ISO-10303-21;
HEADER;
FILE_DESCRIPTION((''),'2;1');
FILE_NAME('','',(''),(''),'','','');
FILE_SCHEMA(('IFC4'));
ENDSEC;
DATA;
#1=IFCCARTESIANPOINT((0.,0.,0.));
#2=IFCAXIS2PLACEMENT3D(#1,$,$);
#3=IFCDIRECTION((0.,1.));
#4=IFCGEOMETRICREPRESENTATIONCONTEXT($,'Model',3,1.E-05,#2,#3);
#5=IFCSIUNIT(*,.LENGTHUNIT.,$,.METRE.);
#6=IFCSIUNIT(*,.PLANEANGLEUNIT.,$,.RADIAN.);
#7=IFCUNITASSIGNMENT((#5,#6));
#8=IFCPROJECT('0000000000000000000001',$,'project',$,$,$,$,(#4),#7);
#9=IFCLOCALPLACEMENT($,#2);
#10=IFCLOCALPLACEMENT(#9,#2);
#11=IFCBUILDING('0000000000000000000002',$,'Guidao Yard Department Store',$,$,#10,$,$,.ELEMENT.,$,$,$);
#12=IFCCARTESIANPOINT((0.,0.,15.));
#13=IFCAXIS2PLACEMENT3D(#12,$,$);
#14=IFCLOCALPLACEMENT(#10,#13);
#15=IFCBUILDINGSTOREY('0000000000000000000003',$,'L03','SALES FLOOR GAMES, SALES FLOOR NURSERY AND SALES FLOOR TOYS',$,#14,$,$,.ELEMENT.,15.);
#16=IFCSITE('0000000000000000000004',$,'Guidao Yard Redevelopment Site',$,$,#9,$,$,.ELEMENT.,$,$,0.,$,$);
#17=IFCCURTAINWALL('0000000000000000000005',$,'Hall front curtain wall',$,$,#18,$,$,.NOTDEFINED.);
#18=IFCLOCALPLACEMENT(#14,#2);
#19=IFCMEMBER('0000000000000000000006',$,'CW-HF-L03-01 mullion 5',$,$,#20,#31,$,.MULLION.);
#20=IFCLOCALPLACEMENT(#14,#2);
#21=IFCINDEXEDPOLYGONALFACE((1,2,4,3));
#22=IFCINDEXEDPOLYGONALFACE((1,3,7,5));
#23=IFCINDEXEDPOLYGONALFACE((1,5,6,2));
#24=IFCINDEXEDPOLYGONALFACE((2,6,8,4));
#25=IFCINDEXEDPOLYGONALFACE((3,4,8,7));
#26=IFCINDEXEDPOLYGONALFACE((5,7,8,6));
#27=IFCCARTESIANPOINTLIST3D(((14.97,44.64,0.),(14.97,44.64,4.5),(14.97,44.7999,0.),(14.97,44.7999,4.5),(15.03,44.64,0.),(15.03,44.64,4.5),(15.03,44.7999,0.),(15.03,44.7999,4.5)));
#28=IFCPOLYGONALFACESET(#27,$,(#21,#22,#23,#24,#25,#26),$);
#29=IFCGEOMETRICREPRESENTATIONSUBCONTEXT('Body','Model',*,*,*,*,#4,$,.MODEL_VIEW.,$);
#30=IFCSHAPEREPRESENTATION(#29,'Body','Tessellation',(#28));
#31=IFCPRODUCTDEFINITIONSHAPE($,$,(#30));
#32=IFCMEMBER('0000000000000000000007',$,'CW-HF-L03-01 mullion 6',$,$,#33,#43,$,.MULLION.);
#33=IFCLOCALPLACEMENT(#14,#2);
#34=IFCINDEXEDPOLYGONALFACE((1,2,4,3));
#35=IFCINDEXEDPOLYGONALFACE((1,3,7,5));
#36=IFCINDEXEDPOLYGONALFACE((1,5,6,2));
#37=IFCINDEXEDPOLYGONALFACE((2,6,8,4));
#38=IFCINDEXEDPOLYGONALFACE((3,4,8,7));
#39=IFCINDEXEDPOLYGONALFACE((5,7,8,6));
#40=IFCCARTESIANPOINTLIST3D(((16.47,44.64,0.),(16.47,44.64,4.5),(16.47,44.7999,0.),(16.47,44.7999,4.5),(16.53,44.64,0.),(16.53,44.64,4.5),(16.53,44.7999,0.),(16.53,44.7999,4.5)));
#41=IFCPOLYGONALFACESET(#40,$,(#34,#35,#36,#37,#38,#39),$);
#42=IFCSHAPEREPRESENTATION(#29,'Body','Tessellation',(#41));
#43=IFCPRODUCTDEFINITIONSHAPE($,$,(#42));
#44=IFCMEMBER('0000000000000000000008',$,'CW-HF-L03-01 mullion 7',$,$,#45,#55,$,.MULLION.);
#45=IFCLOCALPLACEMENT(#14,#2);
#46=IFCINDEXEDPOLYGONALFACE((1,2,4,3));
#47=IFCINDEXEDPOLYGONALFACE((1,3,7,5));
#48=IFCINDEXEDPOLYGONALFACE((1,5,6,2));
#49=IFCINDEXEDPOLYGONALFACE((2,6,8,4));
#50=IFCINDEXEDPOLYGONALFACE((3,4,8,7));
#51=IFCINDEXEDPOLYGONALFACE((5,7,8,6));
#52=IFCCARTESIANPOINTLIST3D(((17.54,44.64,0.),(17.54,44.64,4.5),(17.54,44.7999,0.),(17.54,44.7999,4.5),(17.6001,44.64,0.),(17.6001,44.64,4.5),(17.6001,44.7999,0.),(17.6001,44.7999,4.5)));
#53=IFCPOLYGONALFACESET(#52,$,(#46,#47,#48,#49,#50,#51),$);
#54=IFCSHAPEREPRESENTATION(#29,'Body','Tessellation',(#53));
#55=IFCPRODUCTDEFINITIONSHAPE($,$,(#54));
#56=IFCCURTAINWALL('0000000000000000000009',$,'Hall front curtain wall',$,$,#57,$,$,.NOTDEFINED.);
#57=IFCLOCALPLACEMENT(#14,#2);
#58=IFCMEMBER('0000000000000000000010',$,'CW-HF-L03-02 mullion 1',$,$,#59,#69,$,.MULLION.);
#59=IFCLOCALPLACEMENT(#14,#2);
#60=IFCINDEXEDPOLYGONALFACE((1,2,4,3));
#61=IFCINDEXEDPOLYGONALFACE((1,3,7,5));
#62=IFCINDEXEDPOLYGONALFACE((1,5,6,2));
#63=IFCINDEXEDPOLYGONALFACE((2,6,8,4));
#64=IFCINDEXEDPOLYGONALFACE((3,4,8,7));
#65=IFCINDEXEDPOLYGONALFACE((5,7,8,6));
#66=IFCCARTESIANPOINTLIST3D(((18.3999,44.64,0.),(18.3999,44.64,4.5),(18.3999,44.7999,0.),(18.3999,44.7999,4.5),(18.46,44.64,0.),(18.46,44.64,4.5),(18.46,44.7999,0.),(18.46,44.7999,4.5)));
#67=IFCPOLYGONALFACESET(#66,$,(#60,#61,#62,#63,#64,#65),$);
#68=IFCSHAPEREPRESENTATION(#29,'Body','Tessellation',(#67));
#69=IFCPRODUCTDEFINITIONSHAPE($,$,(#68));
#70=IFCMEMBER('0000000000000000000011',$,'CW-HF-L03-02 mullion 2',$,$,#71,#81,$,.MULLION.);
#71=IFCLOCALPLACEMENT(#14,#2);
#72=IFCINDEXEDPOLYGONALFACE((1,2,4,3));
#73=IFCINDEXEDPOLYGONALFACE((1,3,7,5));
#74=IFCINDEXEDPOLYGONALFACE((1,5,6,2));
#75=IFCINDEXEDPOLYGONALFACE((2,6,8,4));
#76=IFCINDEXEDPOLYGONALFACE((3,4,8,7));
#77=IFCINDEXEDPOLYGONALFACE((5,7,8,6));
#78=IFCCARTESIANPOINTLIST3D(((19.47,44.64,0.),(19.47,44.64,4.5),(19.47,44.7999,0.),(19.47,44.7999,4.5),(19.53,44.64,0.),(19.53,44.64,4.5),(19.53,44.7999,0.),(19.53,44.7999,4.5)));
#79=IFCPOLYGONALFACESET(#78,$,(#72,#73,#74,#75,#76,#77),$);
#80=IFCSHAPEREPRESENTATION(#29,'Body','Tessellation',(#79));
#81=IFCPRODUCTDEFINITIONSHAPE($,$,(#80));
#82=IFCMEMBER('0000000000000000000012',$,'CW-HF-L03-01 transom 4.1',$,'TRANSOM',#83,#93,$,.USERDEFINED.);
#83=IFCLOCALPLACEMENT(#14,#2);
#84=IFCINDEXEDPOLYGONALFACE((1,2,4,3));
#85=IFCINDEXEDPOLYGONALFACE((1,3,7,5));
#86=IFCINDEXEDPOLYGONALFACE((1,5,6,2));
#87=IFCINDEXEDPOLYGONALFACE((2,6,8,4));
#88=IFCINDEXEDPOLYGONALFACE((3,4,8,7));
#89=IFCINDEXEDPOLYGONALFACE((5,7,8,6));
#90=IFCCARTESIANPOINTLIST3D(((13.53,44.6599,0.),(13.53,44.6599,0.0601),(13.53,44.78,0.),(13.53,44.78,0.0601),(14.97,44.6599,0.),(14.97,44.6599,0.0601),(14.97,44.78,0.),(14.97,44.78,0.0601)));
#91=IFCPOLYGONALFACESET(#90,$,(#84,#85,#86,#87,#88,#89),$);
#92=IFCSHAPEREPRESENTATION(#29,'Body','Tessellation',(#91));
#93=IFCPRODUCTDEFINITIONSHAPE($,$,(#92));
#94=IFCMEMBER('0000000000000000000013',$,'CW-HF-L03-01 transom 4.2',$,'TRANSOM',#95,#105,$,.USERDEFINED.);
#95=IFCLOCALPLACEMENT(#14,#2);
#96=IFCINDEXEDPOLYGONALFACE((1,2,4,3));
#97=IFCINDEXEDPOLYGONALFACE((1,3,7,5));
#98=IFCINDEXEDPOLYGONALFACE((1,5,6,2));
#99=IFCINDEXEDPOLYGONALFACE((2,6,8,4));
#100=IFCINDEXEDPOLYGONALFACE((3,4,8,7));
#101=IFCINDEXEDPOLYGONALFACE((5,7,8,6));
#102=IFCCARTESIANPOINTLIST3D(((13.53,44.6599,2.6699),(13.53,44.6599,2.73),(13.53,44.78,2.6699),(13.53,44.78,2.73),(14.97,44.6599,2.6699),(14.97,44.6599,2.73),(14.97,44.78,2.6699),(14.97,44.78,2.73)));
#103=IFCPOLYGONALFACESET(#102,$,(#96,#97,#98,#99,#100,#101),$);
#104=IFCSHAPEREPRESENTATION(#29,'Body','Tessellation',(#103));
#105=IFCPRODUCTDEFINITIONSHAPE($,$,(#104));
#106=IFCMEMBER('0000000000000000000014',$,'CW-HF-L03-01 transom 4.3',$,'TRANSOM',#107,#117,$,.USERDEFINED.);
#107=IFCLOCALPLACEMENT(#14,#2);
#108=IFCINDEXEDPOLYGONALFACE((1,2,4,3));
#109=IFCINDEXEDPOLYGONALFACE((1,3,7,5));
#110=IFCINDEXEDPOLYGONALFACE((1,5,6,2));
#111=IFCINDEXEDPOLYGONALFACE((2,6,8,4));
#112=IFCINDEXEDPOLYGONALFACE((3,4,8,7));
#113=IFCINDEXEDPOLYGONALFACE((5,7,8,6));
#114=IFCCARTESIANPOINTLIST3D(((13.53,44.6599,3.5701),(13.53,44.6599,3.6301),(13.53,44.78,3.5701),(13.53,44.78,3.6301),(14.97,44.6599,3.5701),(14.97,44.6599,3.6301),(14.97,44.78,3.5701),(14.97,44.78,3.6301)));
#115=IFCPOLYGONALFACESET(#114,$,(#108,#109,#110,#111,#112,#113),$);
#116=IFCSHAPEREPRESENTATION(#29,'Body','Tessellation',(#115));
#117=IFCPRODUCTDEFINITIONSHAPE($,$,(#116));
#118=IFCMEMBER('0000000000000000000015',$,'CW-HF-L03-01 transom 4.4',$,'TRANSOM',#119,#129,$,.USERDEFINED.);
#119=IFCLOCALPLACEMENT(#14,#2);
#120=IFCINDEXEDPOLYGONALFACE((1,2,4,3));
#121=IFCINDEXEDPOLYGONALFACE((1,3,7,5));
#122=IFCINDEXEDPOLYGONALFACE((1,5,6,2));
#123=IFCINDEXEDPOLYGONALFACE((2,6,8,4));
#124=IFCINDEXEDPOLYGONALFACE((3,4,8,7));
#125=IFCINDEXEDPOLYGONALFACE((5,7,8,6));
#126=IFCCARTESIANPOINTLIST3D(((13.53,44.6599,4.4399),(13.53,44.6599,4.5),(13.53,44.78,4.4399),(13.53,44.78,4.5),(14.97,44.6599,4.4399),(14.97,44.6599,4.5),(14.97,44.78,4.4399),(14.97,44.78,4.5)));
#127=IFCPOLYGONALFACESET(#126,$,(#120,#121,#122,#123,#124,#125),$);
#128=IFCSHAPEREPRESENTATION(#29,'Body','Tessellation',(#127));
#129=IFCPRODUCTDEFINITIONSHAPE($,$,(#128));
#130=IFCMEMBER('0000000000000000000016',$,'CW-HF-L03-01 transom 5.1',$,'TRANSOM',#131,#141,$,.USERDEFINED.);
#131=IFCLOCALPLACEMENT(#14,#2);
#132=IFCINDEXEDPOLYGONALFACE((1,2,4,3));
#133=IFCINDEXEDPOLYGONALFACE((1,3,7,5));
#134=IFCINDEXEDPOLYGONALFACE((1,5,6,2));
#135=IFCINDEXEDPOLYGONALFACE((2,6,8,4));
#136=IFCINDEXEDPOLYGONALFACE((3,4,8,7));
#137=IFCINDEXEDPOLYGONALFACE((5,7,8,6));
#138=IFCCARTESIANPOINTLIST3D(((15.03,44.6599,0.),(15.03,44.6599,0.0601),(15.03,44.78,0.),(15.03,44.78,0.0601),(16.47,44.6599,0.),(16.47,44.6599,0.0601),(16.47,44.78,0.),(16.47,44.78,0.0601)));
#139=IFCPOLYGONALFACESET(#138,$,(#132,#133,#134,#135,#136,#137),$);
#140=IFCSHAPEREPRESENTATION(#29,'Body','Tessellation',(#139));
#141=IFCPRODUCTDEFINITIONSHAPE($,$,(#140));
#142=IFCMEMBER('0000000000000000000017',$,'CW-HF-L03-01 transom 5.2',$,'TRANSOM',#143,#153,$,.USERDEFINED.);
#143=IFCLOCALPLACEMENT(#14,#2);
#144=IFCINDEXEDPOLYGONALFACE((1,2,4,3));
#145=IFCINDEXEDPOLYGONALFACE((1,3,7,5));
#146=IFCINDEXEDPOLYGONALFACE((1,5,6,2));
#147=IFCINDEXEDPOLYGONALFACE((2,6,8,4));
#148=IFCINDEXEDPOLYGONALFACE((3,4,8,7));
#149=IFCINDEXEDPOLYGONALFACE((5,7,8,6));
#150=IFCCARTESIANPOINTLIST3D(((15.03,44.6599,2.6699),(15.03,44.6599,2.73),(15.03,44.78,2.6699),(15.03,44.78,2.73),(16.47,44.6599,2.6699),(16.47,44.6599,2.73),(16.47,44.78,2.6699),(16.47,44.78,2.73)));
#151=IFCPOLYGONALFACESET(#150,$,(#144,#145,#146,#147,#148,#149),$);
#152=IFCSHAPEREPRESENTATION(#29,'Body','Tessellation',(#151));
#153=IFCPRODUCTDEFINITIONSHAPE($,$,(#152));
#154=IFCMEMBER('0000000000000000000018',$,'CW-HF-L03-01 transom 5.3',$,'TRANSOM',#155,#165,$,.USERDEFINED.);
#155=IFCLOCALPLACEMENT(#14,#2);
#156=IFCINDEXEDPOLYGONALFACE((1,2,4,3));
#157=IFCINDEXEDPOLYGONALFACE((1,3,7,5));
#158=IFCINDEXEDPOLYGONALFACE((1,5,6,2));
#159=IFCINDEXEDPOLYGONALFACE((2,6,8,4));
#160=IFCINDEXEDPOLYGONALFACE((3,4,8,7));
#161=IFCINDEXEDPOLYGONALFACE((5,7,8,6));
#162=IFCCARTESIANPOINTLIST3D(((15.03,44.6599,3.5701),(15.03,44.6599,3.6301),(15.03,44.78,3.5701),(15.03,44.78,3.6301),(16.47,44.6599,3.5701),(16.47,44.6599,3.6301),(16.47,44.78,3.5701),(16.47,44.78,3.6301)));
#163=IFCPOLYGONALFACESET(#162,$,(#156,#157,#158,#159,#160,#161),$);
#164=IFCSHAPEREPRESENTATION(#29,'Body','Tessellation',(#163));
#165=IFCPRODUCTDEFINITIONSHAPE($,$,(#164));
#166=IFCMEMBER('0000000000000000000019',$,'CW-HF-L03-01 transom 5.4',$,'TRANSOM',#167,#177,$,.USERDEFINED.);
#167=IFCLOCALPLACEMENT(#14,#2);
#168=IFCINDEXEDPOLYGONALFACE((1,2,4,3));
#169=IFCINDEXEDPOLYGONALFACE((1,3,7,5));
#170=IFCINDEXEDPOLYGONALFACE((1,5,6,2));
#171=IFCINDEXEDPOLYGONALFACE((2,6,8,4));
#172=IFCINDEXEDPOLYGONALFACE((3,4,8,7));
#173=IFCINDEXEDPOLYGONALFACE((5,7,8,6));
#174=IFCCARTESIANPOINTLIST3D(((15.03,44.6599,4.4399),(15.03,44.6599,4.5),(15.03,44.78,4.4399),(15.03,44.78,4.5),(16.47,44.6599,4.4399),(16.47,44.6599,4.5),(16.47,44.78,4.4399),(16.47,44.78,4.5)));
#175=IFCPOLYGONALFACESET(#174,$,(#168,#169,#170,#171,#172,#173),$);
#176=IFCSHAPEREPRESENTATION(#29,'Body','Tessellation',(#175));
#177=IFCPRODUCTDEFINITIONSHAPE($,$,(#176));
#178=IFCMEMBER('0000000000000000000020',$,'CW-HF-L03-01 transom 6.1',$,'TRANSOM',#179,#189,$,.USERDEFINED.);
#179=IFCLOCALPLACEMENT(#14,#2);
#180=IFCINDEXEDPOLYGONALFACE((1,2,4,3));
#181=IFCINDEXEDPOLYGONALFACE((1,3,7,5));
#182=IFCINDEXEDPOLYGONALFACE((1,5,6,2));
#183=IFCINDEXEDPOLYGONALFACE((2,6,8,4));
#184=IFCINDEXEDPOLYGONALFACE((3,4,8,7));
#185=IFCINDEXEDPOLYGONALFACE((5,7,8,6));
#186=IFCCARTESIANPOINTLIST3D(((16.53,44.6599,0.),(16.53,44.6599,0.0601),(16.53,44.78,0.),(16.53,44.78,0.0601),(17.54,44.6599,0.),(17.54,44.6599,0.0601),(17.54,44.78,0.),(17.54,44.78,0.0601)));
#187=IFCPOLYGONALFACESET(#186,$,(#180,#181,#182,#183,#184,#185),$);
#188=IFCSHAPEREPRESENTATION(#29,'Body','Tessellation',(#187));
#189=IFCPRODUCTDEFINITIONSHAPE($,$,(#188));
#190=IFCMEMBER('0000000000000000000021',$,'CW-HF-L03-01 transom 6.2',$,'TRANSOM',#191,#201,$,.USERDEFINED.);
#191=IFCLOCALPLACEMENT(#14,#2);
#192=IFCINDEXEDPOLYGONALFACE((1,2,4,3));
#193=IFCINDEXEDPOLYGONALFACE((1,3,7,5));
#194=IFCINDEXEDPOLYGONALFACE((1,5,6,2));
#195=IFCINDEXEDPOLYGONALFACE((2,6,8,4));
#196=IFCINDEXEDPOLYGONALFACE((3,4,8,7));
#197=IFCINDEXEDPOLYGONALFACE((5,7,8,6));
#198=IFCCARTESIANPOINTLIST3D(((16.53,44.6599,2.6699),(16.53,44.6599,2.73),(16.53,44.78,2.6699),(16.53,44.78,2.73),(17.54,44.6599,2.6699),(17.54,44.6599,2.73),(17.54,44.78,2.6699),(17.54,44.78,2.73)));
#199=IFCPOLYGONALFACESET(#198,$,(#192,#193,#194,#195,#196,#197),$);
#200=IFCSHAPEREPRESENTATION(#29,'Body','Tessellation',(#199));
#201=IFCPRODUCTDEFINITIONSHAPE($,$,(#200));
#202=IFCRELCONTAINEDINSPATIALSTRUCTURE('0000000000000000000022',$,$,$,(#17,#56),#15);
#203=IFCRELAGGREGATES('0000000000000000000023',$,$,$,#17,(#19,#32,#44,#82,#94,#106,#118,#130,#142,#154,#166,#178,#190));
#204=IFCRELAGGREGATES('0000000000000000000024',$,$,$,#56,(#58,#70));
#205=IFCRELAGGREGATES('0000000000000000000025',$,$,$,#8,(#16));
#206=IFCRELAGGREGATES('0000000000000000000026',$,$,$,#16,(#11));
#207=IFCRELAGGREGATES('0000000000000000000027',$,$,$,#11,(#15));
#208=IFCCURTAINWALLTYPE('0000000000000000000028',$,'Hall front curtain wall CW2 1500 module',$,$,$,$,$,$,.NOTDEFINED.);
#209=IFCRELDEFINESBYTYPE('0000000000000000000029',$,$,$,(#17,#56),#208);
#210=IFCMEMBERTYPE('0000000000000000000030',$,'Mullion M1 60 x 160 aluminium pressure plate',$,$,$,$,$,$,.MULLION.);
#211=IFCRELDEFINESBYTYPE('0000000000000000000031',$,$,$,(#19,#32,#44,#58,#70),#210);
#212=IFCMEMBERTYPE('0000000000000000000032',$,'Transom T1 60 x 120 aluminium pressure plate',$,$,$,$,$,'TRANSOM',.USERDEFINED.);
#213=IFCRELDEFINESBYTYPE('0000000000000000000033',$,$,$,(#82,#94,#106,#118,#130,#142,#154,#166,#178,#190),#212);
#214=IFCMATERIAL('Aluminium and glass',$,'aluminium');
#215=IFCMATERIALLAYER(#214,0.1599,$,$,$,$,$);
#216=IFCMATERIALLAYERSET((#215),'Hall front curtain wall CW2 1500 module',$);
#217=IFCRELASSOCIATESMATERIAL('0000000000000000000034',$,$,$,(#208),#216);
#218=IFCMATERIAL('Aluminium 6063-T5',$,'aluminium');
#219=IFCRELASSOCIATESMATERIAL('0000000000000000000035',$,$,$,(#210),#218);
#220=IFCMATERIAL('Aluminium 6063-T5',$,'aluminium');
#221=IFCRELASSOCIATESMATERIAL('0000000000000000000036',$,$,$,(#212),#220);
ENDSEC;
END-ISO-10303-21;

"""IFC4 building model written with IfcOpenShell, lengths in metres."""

from ifc_helpers import new_model, si_unit, direction, frame, origin, origin_2d, place, context, subcontext, project, spatial, rectangle, extrude, material, layer, layer_set, material_profile, profile_set, type_object, element, aggregate, save


model = new_model("IFC4")

# Units and contexts
model_context = context("Model", 3, precision=1e-05, world=origin(), true_north=direction((0.0, 1.0)))
body_context = subcontext(model_context, "Body", "Model", "MODEL_VIEW")
ifc_project = project(units=[si_unit("LENGTHUNIT", "METRE"), si_unit("PLANEANGLEUNIT", "RADIAN")], contexts=[model_context])

# Site, building, storey
site_placement = place(None, origin())
site = spatial("IfcSite", under=ifc_project, at=site_placement, Name="Guidao Yard Redevelopment Site", CompositionType="ELEMENT", RefElevation=0.0)
building_placement = place(site_placement, origin())
building = spatial("IfcBuilding", under=site, at=building_placement, Name="Guidao Yard Department Store", CompositionType="ELEMENT")
storey_placement = place(building_placement, frame((0.0, 0.0, 15.0)))
storey = spatial("IfcBuildingStorey", under=building, at=storey_placement, Name="L03", Description="SALES FLOOR GAMES, SALES FLOOR NURSERY AND SALES FLOOR TOYS", CompositionType="ELEMENT", Elevation=15.0)

# Curtain walls, members
ifc_material_1 = material(Name="Aluminium and glass", Category="aluminium")
ifc_layer_1 = layer(ifc_material_1, 0.1599)
ifc_layer_set_1 = layer_set([ifc_layer_1], Name="Hall front curtain wall CW2 1500 module")
curtain_wall_type = type_object("IfcCurtainWallType", Name="Hall front curtain wall CW2 1500 module", PredefinedType="NOTDEFINED", material=ifc_layer_set_1)
curtain_wall_1_placement = place(storey_placement, origin())
curtain_wall_1 = element("IfcCurtainWall", 1, at=curtain_wall_1_placement, inside=storey, type_object=curtain_wall_type, Name="Hall front curtain wall", PredefinedType="NOTDEFINED")
ifc_material_2 = material(Name="Aluminium 6063-T5", Category="aluminium")
ifc_material_profile_1 = material_profile(ifc_material_2, rectangle(XDim=0.0601, YDim=0.1599, at=origin_2d()), Name="Mullion M1 60 x 160 aluminium pressure plate")
ifc_profile_set_1 = profile_set([ifc_material_profile_1], Name="Aluminium 6063-T5")
member_type_1 = type_object("IfcMemberType", Name="Mullion M1 60 x 160 aluminium pressure plate", PredefinedType="MULLION", material=ifc_profile_set_1)
member_1_placement = place(storey_placement, frame((15.0, 44.72, 0.0), z_axis=(0.0, 0.0, 1.0), x_axis=(-1.0, 0.0, 0.0)))
member_1 = element("IfcMember", 2, at=member_1_placement, type_object=member_type_1, Name="CW-HF-L03-01 mullion 5", PredefinedType="MULLION", context=body_context, shape_type="SweptSolid", body=[
    extrude(rectangle(XDim=0.0601, YDim=0.1599, at=origin_2d()), origin(), (0.0, 0.0, 1.0), 4.5),
])
member_2_placement = place(storey_placement, frame((16.5, 44.72, 0.0), z_axis=(0.0, 0.0, 1.0), x_axis=(-1.0, 0.0, 0.0)))
member_2 = element("IfcMember", 3, at=member_2_placement, type_object=member_type_1, Name="CW-HF-L03-01 mullion 6", PredefinedType="MULLION", context=body_context, shape_type="SweptSolid", body=[
    extrude(rectangle(XDim=0.0601, YDim=0.1599, at=origin_2d()), origin(), (0.0, 0.0, 1.0), 4.5),
])
member_3_placement = place(storey_placement, frame((17.5701, 44.72, 0.0), z_axis=(0.0, 0.0, 1.0), x_axis=(-1.0, 0.0, 0.0)))
member_3 = element("IfcMember", 4, at=member_3_placement, type_object=member_type_1, Name="CW-HF-L03-01 mullion 7", PredefinedType="MULLION", context=body_context, shape_type="SweptSolid", body=[
    extrude(rectangle(XDim=0.0601, YDim=0.1599, at=origin_2d()), origin(), (0.0, 0.0, 1.0), 4.5),
])
curtain_wall_2_placement = place(storey_placement, origin())
curtain_wall_2 = element("IfcCurtainWall", 5, at=curtain_wall_2_placement, inside=storey, type_object=curtain_wall_type, Name="Hall front curtain wall", PredefinedType="NOTDEFINED")
member_4_placement = place(storey_placement, frame((18.4299, 44.72, 0.0), z_axis=(0.0, 0.0, 1.0), x_axis=(-1.0, 0.0, 0.0)))
member_4 = element("IfcMember", 6, at=member_4_placement, type_object=member_type_1, Name="CW-HF-L03-02 mullion 1", PredefinedType="MULLION", context=body_context, shape_type="SweptSolid", body=[
    extrude(rectangle(XDim=0.0601, YDim=0.1599, at=origin_2d()), origin(), (0.0, 0.0, 1.0), 4.5),
])
member_5_placement = place(storey_placement, frame((19.5, 44.72, 0.0), z_axis=(0.0, 0.0, 1.0), x_axis=(-1.0, 0.0, 0.0)))
member_5 = element("IfcMember", 7, at=member_5_placement, type_object=member_type_1, Name="CW-HF-L03-02 mullion 2", PredefinedType="MULLION", context=body_context, shape_type="SweptSolid", body=[
    extrude(rectangle(XDim=0.0601, YDim=0.1599, at=origin_2d()), origin(), (0.0, 0.0, 1.0), 4.5),
])

# Members
ifc_material_3 = material(Name="Aluminium 6063-T5", Category="aluminium")
ifc_material_profile_2 = material_profile(ifc_material_3, rectangle(XDim=0.1201, YDim=0.0601, at=origin_2d()), Name="Transom T1 60 x 120 aluminium pressure plate")
ifc_profile_set_2 = profile_set([ifc_material_profile_2], Name="Aluminium 6063-T5")
member_type_2 = type_object("IfcMemberType", Name="Transom T1 60 x 120 aluminium pressure plate", ElementType="TRANSOM", PredefinedType="USERDEFINED", material=ifc_profile_set_2)
member_6_placement = place(storey_placement, frame((14.97, 44.72, 0.03), z_axis=(-1.0, 0.0, 0.0), x_axis=(0.0, -1.0, 0.0)))
member_6 = element("IfcMember", 8, at=member_6_placement, type_object=member_type_2, Name="CW-HF-L03-01 transom 4.1", ObjectType="TRANSOM", PredefinedType="USERDEFINED", context=body_context, shape_type="SweptSolid", body=[
    extrude(rectangle(XDim=0.1201, YDim=0.0601, at=origin_2d()), origin(), (0.0, 0.0, 1.0), 1.4399),
])
member_7_placement = place(storey_placement, frame((14.97, 44.72, 2.7), z_axis=(-1.0, 0.0, 0.0), x_axis=(0.0, -1.0, 0.0)))
member_7 = element("IfcMember", 9, at=member_7_placement, type_object=member_type_2, Name="CW-HF-L03-01 transom 4.2", ObjectType="TRANSOM", PredefinedType="USERDEFINED", context=body_context, shape_type="SweptSolid", body=[
    extrude(rectangle(XDim=0.1201, YDim=0.0601, at=origin_2d()), origin(), (0.0, 0.0, 1.0), 1.4399),
])
member_8_placement = place(storey_placement, frame((14.97, 44.72, 3.6001), z_axis=(-1.0, 0.0, 0.0), x_axis=(0.0, -1.0, 0.0)))
member_8 = element("IfcMember", 10, at=member_8_placement, type_object=member_type_2, Name="CW-HF-L03-01 transom 4.3", ObjectType="TRANSOM", PredefinedType="USERDEFINED", context=body_context, shape_type="SweptSolid", body=[
    extrude(rectangle(XDim=0.1201, YDim=0.0601, at=origin_2d()), origin(), (0.0, 0.0, 1.0), 1.4399),
])
member_9_placement = place(storey_placement, frame((14.97, 44.72, 4.47), z_axis=(-1.0, 0.0, 0.0), x_axis=(0.0, -1.0, 0.0)))
member_9 = element("IfcMember", 11, at=member_9_placement, type_object=member_type_2, Name="CW-HF-L03-01 transom 4.4", ObjectType="TRANSOM", PredefinedType="USERDEFINED", context=body_context, shape_type="SweptSolid", body=[
    extrude(rectangle(XDim=0.1201, YDim=0.0601, at=origin_2d()), origin(), (0.0, 0.0, 1.0), 1.4399),
])
member_10_placement = place(storey_placement, frame((16.47, 44.72, 0.03), z_axis=(-1.0, 0.0, 0.0), x_axis=(0.0, -1.0, 0.0)))
member_10 = element("IfcMember", 12, at=member_10_placement, type_object=member_type_2, Name="CW-HF-L03-01 transom 5.1", ObjectType="TRANSOM", PredefinedType="USERDEFINED", context=body_context, shape_type="SweptSolid", body=[
    extrude(rectangle(XDim=0.1201, YDim=0.0601, at=origin_2d()), origin(), (0.0, 0.0, 1.0), 1.4399),
])
member_11_placement = place(storey_placement, frame((16.47, 44.72, 2.7), z_axis=(-1.0, 0.0, 0.0), x_axis=(0.0, -1.0, 0.0)))
member_11 = element("IfcMember", 13, at=member_11_placement, type_object=member_type_2, Name="CW-HF-L03-01 transom 5.2", ObjectType="TRANSOM", PredefinedType="USERDEFINED", context=body_context, shape_type="SweptSolid", body=[
    extrude(rectangle(XDim=0.1201, YDim=0.0601, at=origin_2d()), origin(), (0.0, 0.0, 1.0), 1.4399),
])
member_12_placement = place(storey_placement, frame((16.47, 44.72, 3.6001), z_axis=(-1.0, 0.0, 0.0), x_axis=(0.0, -1.0, 0.0)))
member_12 = element("IfcMember", 14, at=member_12_placement, type_object=member_type_2, Name="CW-HF-L03-01 transom 5.3", ObjectType="TRANSOM", PredefinedType="USERDEFINED", context=body_context, shape_type="SweptSolid", body=[
    extrude(rectangle(XDim=0.1201, YDim=0.0601, at=origin_2d()), origin(), (0.0, 0.0, 1.0), 1.4399),
])
member_13_placement = place(storey_placement, frame((16.47, 44.72, 4.47), z_axis=(-1.0, 0.0, 0.0), x_axis=(0.0, -1.0, 0.0)))
member_13 = element("IfcMember", 15, at=member_13_placement, type_object=member_type_2, Name="CW-HF-L03-01 transom 5.4", ObjectType="TRANSOM", PredefinedType="USERDEFINED", context=body_context, shape_type="SweptSolid", body=[
    extrude(rectangle(XDim=0.1201, YDim=0.0601, at=origin_2d()), origin(), (0.0, 0.0, 1.0), 1.4399),
])
member_14_placement = place(storey_placement, frame((17.54, 44.72, 0.03), z_axis=(-1.0, 0.0, 0.0), x_axis=(0.0, -1.0, 0.0)))
member_14 = element("IfcMember", 16, at=member_14_placement, type_object=member_type_2, Name="CW-HF-L03-01 transom 6.1", ObjectType="TRANSOM", PredefinedType="USERDEFINED", context=body_context, shape_type="SweptSolid", body=[
    extrude(rectangle(XDim=0.1201, YDim=0.0601, at=origin_2d()), origin(), (0.0, 0.0, 1.0), 1.01),
])
member_15_placement = place(storey_placement, frame((17.54, 44.72, 2.7), z_axis=(-1.0, 0.0, 0.0), x_axis=(0.0, -1.0, 0.0)))
member_15 = element("IfcMember", 17, at=member_15_placement, type_object=member_type_2, Name="CW-HF-L03-01 transom 6.2", ObjectType="TRANSOM", PredefinedType="USERDEFINED", context=body_context, shape_type="SweptSolid", body=[
    extrude(rectangle(XDim=0.1201, YDim=0.0601, at=origin_2d()), origin(), (0.0, 0.0, 1.0), 1.01),
])

aggregate(curtain_wall_1, [member_1, member_2, member_3, member_6, member_7, member_8, member_9, member_10, member_11, member_12, member_13, member_14, member_15])
aggregate(curtain_wall_2, [member_4, member_5])

save(model, "model.ifc")
